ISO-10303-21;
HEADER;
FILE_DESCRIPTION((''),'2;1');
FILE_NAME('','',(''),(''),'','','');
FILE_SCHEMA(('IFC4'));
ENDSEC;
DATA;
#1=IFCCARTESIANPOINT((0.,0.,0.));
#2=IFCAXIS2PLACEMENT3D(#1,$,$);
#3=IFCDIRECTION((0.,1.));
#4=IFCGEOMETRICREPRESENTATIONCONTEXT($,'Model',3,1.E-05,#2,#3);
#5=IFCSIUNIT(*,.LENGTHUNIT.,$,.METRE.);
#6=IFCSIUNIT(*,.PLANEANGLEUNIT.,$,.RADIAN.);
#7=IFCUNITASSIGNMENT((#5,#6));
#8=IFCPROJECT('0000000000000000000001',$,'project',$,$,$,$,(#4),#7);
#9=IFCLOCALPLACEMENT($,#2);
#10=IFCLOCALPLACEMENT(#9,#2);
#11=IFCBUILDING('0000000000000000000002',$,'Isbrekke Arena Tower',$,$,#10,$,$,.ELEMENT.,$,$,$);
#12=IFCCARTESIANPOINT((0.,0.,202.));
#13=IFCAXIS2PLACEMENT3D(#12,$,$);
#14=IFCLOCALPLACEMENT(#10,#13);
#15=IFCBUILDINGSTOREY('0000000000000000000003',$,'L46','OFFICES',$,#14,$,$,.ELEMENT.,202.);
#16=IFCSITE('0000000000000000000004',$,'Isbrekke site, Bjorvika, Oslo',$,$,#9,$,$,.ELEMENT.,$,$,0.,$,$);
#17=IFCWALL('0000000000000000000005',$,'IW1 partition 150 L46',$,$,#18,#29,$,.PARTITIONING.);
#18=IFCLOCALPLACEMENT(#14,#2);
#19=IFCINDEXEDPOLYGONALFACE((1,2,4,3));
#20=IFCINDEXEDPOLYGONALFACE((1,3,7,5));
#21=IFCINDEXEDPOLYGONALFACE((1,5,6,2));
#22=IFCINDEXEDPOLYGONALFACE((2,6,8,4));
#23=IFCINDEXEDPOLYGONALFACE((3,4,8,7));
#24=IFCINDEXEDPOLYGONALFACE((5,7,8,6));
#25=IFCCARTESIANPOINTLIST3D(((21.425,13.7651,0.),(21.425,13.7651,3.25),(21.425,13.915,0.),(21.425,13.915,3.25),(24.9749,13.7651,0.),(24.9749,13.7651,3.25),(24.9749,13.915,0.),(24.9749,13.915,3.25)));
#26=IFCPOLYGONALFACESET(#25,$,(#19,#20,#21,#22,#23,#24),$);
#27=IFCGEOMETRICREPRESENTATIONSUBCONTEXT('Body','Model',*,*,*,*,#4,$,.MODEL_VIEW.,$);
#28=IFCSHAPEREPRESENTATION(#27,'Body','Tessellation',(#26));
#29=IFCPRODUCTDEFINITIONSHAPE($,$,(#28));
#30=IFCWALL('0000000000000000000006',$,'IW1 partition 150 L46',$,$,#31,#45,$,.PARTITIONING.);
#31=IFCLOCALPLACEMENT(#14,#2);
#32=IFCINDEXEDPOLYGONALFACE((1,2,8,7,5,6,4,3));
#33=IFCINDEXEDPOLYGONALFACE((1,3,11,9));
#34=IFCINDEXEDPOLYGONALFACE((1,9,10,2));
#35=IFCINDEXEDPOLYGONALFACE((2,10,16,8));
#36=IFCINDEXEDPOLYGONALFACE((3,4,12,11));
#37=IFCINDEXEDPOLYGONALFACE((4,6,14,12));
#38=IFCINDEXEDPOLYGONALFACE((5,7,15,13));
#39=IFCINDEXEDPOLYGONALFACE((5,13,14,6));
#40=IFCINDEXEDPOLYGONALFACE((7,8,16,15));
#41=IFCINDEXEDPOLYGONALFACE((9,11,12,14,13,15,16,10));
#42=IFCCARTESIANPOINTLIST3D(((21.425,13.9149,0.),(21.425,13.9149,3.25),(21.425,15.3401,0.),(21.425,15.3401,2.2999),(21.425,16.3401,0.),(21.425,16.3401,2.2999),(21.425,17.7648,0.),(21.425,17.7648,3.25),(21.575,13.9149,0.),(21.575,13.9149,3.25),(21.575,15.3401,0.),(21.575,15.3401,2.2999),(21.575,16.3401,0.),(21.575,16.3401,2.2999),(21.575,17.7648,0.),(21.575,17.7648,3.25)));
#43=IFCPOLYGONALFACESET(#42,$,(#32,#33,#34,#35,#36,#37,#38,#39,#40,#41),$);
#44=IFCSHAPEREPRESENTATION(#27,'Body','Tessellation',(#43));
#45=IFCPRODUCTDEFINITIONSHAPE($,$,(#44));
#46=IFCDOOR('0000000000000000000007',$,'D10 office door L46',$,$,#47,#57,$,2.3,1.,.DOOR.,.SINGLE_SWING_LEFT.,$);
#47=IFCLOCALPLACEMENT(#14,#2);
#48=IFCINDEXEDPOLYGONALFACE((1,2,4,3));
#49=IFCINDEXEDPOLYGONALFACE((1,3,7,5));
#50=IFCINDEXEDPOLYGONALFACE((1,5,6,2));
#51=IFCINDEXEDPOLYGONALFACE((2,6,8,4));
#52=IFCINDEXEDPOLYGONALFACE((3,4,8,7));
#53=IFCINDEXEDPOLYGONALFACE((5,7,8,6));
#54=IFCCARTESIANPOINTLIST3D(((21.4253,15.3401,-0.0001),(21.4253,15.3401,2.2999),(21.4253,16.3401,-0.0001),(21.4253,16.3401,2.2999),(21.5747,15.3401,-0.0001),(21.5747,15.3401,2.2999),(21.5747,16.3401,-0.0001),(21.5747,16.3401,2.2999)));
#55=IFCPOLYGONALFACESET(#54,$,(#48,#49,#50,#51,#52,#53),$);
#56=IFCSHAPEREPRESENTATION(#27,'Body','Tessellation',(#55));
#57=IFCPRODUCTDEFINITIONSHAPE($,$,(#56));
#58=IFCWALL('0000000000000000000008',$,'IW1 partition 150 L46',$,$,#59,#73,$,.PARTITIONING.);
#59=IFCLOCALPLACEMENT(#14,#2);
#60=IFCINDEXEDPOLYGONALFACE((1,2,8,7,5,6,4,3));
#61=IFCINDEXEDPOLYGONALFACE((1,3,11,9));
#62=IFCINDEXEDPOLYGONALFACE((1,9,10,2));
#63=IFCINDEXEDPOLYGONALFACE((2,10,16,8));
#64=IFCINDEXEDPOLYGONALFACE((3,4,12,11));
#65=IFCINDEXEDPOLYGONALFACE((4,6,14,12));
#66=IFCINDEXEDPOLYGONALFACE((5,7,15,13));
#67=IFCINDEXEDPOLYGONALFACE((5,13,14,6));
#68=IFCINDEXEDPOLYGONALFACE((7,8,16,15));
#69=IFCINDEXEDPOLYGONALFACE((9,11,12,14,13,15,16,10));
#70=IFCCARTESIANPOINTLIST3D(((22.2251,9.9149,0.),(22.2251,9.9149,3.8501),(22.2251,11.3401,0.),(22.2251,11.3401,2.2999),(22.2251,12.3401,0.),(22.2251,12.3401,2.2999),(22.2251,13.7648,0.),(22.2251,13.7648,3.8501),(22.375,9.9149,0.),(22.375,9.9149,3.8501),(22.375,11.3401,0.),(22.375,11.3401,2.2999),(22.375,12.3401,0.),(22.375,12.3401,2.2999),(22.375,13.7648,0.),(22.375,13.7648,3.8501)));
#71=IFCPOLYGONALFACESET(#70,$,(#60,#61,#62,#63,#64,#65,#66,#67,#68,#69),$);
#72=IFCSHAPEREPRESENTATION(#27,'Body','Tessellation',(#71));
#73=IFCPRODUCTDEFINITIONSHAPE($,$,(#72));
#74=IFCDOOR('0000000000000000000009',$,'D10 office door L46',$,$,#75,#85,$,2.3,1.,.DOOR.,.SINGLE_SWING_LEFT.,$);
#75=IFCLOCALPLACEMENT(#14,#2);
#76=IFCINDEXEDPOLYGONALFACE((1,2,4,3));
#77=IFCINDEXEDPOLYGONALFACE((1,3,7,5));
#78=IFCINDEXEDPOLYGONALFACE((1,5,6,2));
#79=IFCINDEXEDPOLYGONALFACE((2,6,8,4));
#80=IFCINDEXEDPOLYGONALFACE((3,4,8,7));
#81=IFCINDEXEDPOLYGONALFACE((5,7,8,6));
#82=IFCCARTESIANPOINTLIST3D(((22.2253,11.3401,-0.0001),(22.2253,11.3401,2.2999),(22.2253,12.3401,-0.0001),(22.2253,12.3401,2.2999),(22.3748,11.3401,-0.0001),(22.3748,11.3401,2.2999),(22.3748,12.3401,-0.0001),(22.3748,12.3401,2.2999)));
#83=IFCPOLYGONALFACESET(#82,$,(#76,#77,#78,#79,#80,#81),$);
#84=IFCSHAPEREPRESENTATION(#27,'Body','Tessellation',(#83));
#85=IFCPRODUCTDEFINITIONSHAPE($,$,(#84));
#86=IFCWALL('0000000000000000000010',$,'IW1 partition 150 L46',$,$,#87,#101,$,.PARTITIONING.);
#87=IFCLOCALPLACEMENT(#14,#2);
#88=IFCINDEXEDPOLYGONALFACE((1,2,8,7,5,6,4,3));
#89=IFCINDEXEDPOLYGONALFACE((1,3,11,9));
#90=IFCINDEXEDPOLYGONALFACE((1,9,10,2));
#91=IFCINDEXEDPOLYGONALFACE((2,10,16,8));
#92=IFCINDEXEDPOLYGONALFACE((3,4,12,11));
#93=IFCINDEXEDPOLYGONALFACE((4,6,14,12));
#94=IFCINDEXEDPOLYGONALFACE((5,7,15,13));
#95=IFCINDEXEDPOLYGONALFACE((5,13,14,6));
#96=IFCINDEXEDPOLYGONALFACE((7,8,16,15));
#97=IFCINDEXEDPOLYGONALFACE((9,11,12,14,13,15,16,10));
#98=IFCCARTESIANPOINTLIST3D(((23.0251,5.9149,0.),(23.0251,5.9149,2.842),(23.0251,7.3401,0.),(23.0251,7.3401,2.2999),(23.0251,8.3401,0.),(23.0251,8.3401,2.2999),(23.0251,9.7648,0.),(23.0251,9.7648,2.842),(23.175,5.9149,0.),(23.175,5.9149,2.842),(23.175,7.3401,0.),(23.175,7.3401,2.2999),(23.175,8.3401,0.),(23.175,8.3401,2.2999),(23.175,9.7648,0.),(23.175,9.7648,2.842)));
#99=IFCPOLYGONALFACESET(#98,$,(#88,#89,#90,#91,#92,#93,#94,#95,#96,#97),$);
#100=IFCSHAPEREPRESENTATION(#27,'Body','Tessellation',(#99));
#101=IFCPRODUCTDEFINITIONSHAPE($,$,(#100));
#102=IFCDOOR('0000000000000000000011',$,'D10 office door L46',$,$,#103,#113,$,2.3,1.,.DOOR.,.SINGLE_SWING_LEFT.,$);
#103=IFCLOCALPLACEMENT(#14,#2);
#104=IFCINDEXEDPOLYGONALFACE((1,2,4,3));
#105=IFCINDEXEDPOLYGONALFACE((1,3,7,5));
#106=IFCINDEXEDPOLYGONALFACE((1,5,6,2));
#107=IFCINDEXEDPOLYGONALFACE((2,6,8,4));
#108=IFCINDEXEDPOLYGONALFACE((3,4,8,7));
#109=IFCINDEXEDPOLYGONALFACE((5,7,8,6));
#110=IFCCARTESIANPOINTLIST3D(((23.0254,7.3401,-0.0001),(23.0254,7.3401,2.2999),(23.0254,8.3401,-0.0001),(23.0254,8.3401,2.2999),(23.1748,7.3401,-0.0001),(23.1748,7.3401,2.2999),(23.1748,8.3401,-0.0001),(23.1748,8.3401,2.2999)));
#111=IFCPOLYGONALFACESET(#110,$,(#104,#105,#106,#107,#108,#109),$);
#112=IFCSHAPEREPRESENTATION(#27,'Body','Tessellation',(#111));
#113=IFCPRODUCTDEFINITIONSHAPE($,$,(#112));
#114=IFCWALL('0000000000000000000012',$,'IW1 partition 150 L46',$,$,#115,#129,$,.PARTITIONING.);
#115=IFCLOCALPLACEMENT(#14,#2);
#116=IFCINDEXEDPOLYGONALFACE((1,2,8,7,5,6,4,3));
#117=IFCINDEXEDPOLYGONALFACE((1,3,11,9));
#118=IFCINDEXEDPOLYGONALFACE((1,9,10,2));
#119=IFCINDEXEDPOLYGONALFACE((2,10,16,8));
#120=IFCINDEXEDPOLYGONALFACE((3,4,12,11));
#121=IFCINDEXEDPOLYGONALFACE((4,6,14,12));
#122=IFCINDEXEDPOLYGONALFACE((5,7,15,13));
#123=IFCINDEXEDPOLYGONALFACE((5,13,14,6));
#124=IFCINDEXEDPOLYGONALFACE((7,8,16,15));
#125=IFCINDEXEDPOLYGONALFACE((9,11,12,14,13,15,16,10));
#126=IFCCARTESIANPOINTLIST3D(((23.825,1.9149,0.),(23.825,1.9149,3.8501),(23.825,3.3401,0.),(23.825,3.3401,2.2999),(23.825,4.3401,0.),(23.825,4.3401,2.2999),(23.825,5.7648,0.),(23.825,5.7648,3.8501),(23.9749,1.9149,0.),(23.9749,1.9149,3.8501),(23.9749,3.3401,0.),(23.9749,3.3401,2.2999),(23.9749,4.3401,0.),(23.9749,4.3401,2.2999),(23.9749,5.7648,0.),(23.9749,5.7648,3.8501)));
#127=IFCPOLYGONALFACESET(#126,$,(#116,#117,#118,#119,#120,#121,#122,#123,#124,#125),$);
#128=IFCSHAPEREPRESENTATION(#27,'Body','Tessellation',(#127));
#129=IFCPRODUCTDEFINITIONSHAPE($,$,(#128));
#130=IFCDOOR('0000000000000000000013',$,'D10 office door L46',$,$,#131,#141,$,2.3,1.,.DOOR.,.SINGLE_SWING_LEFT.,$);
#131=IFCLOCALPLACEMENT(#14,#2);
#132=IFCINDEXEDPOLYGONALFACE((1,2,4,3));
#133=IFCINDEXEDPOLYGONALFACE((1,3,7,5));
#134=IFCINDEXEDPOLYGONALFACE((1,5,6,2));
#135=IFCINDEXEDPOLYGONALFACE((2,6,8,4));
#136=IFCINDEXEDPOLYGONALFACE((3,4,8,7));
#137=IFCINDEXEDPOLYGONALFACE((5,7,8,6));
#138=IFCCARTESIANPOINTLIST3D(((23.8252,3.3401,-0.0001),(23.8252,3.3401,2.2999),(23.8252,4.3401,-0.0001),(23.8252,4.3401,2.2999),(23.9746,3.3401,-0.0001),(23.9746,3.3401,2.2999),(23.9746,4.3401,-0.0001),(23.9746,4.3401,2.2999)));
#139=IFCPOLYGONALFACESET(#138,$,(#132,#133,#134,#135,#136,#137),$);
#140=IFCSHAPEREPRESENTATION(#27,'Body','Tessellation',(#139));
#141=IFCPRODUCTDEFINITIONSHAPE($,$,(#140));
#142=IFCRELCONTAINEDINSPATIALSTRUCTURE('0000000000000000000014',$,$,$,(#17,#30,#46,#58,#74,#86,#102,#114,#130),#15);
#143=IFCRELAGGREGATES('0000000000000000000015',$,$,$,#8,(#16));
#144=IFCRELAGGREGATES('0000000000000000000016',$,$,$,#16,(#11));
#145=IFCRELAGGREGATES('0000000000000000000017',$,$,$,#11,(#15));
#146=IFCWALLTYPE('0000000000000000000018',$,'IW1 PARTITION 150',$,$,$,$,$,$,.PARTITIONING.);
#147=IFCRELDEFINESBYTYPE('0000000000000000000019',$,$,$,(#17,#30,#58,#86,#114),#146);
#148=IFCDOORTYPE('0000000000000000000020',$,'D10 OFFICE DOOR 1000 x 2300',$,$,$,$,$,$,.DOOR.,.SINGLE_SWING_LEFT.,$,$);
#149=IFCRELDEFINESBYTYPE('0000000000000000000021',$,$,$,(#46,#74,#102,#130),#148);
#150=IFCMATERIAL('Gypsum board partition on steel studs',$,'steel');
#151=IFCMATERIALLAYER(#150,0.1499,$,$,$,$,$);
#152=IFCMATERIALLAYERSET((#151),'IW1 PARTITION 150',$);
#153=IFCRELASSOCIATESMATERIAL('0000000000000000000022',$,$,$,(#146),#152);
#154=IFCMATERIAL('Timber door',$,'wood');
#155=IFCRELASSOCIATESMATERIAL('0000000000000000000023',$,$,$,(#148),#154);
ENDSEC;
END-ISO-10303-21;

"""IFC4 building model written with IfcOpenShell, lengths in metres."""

from ifc_helpers import new_model, si_unit, direction, frame, frame_2d, origin, place, context, subcontext, project, spatial, rectangle, extrude, material, layer, layer_set, type_object, element, fill, save


model = new_model("IFC4")

# Units and contexts
model_context = context("Model", 3, precision=1e-05, world=origin(), true_north=direction((0.0, 1.0)))
body_context = subcontext(model_context, "Body", "Model", "MODEL_VIEW")
ifc_project = project(units=[si_unit("LENGTHUNIT", "METRE"), si_unit("PLANEANGLEUNIT", "RADIAN")], contexts=[model_context])

# Site, building, storey
site_placement = place(None, origin())
site = spatial("IfcSite", under=ifc_project, at=site_placement, Name="Isbrekke site, Bjorvika, Oslo", CompositionType="ELEMENT", RefElevation=0.0)
building_placement = place(site_placement, origin())
building = spatial("IfcBuilding", under=site, at=building_placement, Name="Isbrekke Arena Tower", CompositionType="ELEMENT")
storey_placement = place(building_placement, frame((0.0, 0.0, 202.0)))
storey = spatial("IfcBuildingStorey", under=building, at=storey_placement, Name="L46", Description="OFFICES", CompositionType="ELEMENT", Elevation=202.0)

# Wall
ifc_material_1 = material(Name="Gypsum board partition on steel studs", Category="steel")
ifc_layer_1 = layer(ifc_material_1, 0.1499)
ifc_layer_set_1 = layer_set([ifc_layer_1], Name="IW1 PARTITION 150")
wall_type = type_object("IfcWallType", Name="IW1 PARTITION 150", PredefinedType="PARTITIONING", material=ifc_layer_set_1)
for number, where, z_axis, x_axis, name in (
    (1, (21.425, 13.8401, 0.0), (0.0, 0.0, 1.0), (1.0, 0.0, 0.0), "IW1 partition 150 L46"),
):
    element("IfcWall", number, at=place(storey_placement, frame(where, z_axis=z_axis, x_axis=x_axis)), inside=storey, type_object=wall_type, Name=name, PredefinedType="PARTITIONING", context=body_context, shape_type="SweptSolid", body=[
        extrude(rectangle(XDim=3.5498, YDim=0.1499, at=frame_2d((1.7749, 0.0))), origin(), (0.0, 0.0, 1.0), 3.25),
    ])

# Walls, openings, doors
wall_1_placement = place(storey_placement, frame((21.5, 13.915, 0.0), z_axis=(0.0, 0.0, 1.0), x_axis=(0.0, 1.0, 0.0)))
wall_1 = element("IfcWall", 2, at=wall_1_placement, inside=storey, type_object=wall_type, Name="IW1 partition 150 L46", PredefinedType="PARTITIONING", context=body_context, shape_type="SweptSolid", body=[
    extrude(rectangle(XDim=3.8499, YDim=0.1499, at=frame_2d((1.9248, 0.0))), origin(), (0.0, 0.0, 1.0), 3.25),
])
opening_1_placement = place(wall_1_placement, frame((1.425, 0.0, 0.0)))
opening_1 = element("IfcOpeningElement", 3, at=opening_1_placement, cuts=wall_1, PredefinedType="OPENING", context=body_context, shape_type="SweptSolid", body=[
    extrude(rectangle(XDim=1.0, YDim=2.3, at=frame_2d((0.5, 1.1499))), frame((0.0, 0.0898, 0.0), z_axis=(0.0, -1.0, 0.0), x_axis=(1.0, 0.0, 0.0)), (0.0, 0.0, 1.0), 0.1797),
])
ifc_material_2 = material(Name="Timber door", Category="wood")
door_type = type_object("IfcDoorType", Name="D10 OFFICE DOOR 1000 x 2300", OperationType="SINGLE_SWING_LEFT", PredefinedType="DOOR", material=ifc_material_2)
door_1_placement = place(opening_1_placement, origin())
door_1 = element("IfcDoor", 4, at=door_1_placement, inside=storey, type_object=door_type, Name="D10 office door L46", OperationType="SINGLE_SWING_LEFT", OverallHeight=2.3, OverallWidth=1.0, PredefinedType="DOOR", context=body_context, shape_type="SweptSolid", body=[
    extrude(rectangle(XDim=1.0, YDim=2.3, at=frame_2d((0.5, 1.1499))), frame((0.0, 0.0747, 0.0), z_axis=(0.0, -1.0, 0.0), x_axis=(1.0, 0.0, 0.0)), (0.0, 0.0, 1.0), 0.1494),
])
fill(opening_1, door_1)
wall_2_placement = place(storey_placement, frame((22.3, 9.915, 0.0), z_axis=(0.0, 0.0, 1.0), x_axis=(0.0, 1.0, 0.0)))
wall_2 = element("IfcWall", 5, at=wall_2_placement, inside=storey, type_object=wall_type, Name="IW1 partition 150 L46", PredefinedType="PARTITIONING", context=body_context, shape_type="SweptSolid", body=[
    extrude(rectangle(XDim=3.8499, YDim=0.1499, at=frame_2d((1.9248, 0.0))), origin(), (0.0, 0.0, 1.0), 3.8501),
])
opening_2_placement = place(wall_2_placement, frame((1.425, 0.0, 0.0)))
opening_2 = element("IfcOpeningElement", 6, at=opening_2_placement, cuts=wall_2, PredefinedType="OPENING", context=body_context, shape_type="SweptSolid", body=[
    extrude(rectangle(XDim=1.0, YDim=2.3, at=frame_2d((0.5, 1.1499))), frame((0.0, 0.0898, 0.0), z_axis=(0.0, -1.0, 0.0), x_axis=(1.0, 0.0, 0.0)), (0.0, 0.0, 1.0), 0.1797),
])
door_2_placement = place(opening_2_placement, origin())
door_2 = element("IfcDoor", 7, at=door_2_placement, inside=storey, type_object=door_type, Name="D10 office door L46", OperationType="SINGLE_SWING_LEFT", OverallHeight=2.3, OverallWidth=1.0, PredefinedType="DOOR", context=body_context, shape_type="SweptSolid", body=[
    extrude(rectangle(XDim=1.0, YDim=2.3, at=frame_2d((0.5, 1.1499))), frame((0.0, 0.0747, 0.0), z_axis=(0.0, -1.0, 0.0), x_axis=(1.0, 0.0, 0.0)), (0.0, 0.0, 1.0), 0.1494),
])
fill(opening_2, door_2)
wall_3_placement = place(storey_placement, frame((23.1001, 5.915, 0.0), z_axis=(0.0, 0.0, 1.0), x_axis=(0.0, 1.0, 0.0)))
wall_3 = element("IfcWall", 8, at=wall_3_placement, inside=storey, type_object=wall_type, Name="IW1 partition 150 L46", PredefinedType="PARTITIONING", context=body_context, shape_type="SweptSolid", body=[
    extrude(rectangle(XDim=3.8499, YDim=0.1499, at=frame_2d((1.9248, 0.0))), origin(), (0.0, 0.0, 1.0), 2.842),
])
opening_3_placement = place(wall_3_placement, frame((1.425, 0.0, 0.0)))
opening_3 = element("IfcOpeningElement", 9, at=opening_3_placement, cuts=wall_3, PredefinedType="OPENING", context=body_context, shape_type="SweptSolid", body=[
    extrude(rectangle(XDim=1.0, YDim=2.3, at=frame_2d((0.5, 1.1499))), frame((0.0, 0.0898, 0.0), z_axis=(0.0, -1.0, 0.0), x_axis=(1.0, 0.0, 0.0)), (0.0, 0.0, 1.0), 0.1797),
])
door_3_placement = place(opening_3_placement, origin())
door_3 = element("IfcDoor", 10, at=door_3_placement, inside=storey, type_object=door_type, Name="D10 office door L46", OperationType="SINGLE_SWING_LEFT", OverallHeight=2.3, OverallWidth=1.0, PredefinedType="DOOR", context=body_context, shape_type="SweptSolid", body=[
    extrude(rectangle(XDim=1.0, YDim=2.3, at=frame_2d((0.5, 1.1499))), frame((0.0, 0.0747, 0.0), z_axis=(0.0, -1.0, 0.0), x_axis=(1.0, 0.0, 0.0)), (0.0, 0.0, 1.0), 0.1494),
])
fill(opening_3, door_3)
wall_4_placement = place(storey_placement, frame((23.8999, 1.915, 0.0), z_axis=(0.0, 0.0, 1.0), x_axis=(0.0, 1.0, 0.0)))
wall_4 = element("IfcWall", 11, at=wall_4_placement, inside=storey, type_object=wall_type, Name="IW1 partition 150 L46", PredefinedType="PARTITIONING", context=body_context, shape_type="SweptSolid", body=[
    extrude(rectangle(XDim=3.8499, YDim=0.1499, at=frame_2d((1.9248, 0.0))), origin(), (0.0, 0.0, 1.0), 3.8501),
])
opening_4_placement = place(wall_4_placement, frame((1.425, 0.0, 0.0)))
opening_4 = element("IfcOpeningElement", 12, at=opening_4_placement, cuts=wall_4, PredefinedType="OPENING", context=body_context, shape_type="SweptSolid", body=[
    extrude(rectangle(XDim=1.0, YDim=2.3, at=frame_2d((0.5, 1.1499))), frame((0.0, 0.0898, 0.0), z_axis=(0.0, -1.0, 0.0), x_axis=(1.0, 0.0, 0.0)), (0.0, 0.0, 1.0), 0.1797),
])
door_4_placement = place(opening_4_placement, origin())
door_4 = element("IfcDoor", 13, at=door_4_placement, inside=storey, type_object=door_type, Name="D10 office door L46", OperationType="SINGLE_SWING_LEFT", OverallHeight=2.3, OverallWidth=1.0, PredefinedType="DOOR", context=body_context, shape_type="SweptSolid", body=[
    extrude(rectangle(XDim=1.0, YDim=2.3, at=frame_2d((0.5, 1.1499))), frame((0.0, 0.0747, 0.0), z_axis=(0.0, -1.0, 0.0), x_axis=(1.0, 0.0, 0.0)), (0.0, 0.0, 1.0), 0.1494),
])
fill(opening_4, door_4)

save(model, "model.ifc")
